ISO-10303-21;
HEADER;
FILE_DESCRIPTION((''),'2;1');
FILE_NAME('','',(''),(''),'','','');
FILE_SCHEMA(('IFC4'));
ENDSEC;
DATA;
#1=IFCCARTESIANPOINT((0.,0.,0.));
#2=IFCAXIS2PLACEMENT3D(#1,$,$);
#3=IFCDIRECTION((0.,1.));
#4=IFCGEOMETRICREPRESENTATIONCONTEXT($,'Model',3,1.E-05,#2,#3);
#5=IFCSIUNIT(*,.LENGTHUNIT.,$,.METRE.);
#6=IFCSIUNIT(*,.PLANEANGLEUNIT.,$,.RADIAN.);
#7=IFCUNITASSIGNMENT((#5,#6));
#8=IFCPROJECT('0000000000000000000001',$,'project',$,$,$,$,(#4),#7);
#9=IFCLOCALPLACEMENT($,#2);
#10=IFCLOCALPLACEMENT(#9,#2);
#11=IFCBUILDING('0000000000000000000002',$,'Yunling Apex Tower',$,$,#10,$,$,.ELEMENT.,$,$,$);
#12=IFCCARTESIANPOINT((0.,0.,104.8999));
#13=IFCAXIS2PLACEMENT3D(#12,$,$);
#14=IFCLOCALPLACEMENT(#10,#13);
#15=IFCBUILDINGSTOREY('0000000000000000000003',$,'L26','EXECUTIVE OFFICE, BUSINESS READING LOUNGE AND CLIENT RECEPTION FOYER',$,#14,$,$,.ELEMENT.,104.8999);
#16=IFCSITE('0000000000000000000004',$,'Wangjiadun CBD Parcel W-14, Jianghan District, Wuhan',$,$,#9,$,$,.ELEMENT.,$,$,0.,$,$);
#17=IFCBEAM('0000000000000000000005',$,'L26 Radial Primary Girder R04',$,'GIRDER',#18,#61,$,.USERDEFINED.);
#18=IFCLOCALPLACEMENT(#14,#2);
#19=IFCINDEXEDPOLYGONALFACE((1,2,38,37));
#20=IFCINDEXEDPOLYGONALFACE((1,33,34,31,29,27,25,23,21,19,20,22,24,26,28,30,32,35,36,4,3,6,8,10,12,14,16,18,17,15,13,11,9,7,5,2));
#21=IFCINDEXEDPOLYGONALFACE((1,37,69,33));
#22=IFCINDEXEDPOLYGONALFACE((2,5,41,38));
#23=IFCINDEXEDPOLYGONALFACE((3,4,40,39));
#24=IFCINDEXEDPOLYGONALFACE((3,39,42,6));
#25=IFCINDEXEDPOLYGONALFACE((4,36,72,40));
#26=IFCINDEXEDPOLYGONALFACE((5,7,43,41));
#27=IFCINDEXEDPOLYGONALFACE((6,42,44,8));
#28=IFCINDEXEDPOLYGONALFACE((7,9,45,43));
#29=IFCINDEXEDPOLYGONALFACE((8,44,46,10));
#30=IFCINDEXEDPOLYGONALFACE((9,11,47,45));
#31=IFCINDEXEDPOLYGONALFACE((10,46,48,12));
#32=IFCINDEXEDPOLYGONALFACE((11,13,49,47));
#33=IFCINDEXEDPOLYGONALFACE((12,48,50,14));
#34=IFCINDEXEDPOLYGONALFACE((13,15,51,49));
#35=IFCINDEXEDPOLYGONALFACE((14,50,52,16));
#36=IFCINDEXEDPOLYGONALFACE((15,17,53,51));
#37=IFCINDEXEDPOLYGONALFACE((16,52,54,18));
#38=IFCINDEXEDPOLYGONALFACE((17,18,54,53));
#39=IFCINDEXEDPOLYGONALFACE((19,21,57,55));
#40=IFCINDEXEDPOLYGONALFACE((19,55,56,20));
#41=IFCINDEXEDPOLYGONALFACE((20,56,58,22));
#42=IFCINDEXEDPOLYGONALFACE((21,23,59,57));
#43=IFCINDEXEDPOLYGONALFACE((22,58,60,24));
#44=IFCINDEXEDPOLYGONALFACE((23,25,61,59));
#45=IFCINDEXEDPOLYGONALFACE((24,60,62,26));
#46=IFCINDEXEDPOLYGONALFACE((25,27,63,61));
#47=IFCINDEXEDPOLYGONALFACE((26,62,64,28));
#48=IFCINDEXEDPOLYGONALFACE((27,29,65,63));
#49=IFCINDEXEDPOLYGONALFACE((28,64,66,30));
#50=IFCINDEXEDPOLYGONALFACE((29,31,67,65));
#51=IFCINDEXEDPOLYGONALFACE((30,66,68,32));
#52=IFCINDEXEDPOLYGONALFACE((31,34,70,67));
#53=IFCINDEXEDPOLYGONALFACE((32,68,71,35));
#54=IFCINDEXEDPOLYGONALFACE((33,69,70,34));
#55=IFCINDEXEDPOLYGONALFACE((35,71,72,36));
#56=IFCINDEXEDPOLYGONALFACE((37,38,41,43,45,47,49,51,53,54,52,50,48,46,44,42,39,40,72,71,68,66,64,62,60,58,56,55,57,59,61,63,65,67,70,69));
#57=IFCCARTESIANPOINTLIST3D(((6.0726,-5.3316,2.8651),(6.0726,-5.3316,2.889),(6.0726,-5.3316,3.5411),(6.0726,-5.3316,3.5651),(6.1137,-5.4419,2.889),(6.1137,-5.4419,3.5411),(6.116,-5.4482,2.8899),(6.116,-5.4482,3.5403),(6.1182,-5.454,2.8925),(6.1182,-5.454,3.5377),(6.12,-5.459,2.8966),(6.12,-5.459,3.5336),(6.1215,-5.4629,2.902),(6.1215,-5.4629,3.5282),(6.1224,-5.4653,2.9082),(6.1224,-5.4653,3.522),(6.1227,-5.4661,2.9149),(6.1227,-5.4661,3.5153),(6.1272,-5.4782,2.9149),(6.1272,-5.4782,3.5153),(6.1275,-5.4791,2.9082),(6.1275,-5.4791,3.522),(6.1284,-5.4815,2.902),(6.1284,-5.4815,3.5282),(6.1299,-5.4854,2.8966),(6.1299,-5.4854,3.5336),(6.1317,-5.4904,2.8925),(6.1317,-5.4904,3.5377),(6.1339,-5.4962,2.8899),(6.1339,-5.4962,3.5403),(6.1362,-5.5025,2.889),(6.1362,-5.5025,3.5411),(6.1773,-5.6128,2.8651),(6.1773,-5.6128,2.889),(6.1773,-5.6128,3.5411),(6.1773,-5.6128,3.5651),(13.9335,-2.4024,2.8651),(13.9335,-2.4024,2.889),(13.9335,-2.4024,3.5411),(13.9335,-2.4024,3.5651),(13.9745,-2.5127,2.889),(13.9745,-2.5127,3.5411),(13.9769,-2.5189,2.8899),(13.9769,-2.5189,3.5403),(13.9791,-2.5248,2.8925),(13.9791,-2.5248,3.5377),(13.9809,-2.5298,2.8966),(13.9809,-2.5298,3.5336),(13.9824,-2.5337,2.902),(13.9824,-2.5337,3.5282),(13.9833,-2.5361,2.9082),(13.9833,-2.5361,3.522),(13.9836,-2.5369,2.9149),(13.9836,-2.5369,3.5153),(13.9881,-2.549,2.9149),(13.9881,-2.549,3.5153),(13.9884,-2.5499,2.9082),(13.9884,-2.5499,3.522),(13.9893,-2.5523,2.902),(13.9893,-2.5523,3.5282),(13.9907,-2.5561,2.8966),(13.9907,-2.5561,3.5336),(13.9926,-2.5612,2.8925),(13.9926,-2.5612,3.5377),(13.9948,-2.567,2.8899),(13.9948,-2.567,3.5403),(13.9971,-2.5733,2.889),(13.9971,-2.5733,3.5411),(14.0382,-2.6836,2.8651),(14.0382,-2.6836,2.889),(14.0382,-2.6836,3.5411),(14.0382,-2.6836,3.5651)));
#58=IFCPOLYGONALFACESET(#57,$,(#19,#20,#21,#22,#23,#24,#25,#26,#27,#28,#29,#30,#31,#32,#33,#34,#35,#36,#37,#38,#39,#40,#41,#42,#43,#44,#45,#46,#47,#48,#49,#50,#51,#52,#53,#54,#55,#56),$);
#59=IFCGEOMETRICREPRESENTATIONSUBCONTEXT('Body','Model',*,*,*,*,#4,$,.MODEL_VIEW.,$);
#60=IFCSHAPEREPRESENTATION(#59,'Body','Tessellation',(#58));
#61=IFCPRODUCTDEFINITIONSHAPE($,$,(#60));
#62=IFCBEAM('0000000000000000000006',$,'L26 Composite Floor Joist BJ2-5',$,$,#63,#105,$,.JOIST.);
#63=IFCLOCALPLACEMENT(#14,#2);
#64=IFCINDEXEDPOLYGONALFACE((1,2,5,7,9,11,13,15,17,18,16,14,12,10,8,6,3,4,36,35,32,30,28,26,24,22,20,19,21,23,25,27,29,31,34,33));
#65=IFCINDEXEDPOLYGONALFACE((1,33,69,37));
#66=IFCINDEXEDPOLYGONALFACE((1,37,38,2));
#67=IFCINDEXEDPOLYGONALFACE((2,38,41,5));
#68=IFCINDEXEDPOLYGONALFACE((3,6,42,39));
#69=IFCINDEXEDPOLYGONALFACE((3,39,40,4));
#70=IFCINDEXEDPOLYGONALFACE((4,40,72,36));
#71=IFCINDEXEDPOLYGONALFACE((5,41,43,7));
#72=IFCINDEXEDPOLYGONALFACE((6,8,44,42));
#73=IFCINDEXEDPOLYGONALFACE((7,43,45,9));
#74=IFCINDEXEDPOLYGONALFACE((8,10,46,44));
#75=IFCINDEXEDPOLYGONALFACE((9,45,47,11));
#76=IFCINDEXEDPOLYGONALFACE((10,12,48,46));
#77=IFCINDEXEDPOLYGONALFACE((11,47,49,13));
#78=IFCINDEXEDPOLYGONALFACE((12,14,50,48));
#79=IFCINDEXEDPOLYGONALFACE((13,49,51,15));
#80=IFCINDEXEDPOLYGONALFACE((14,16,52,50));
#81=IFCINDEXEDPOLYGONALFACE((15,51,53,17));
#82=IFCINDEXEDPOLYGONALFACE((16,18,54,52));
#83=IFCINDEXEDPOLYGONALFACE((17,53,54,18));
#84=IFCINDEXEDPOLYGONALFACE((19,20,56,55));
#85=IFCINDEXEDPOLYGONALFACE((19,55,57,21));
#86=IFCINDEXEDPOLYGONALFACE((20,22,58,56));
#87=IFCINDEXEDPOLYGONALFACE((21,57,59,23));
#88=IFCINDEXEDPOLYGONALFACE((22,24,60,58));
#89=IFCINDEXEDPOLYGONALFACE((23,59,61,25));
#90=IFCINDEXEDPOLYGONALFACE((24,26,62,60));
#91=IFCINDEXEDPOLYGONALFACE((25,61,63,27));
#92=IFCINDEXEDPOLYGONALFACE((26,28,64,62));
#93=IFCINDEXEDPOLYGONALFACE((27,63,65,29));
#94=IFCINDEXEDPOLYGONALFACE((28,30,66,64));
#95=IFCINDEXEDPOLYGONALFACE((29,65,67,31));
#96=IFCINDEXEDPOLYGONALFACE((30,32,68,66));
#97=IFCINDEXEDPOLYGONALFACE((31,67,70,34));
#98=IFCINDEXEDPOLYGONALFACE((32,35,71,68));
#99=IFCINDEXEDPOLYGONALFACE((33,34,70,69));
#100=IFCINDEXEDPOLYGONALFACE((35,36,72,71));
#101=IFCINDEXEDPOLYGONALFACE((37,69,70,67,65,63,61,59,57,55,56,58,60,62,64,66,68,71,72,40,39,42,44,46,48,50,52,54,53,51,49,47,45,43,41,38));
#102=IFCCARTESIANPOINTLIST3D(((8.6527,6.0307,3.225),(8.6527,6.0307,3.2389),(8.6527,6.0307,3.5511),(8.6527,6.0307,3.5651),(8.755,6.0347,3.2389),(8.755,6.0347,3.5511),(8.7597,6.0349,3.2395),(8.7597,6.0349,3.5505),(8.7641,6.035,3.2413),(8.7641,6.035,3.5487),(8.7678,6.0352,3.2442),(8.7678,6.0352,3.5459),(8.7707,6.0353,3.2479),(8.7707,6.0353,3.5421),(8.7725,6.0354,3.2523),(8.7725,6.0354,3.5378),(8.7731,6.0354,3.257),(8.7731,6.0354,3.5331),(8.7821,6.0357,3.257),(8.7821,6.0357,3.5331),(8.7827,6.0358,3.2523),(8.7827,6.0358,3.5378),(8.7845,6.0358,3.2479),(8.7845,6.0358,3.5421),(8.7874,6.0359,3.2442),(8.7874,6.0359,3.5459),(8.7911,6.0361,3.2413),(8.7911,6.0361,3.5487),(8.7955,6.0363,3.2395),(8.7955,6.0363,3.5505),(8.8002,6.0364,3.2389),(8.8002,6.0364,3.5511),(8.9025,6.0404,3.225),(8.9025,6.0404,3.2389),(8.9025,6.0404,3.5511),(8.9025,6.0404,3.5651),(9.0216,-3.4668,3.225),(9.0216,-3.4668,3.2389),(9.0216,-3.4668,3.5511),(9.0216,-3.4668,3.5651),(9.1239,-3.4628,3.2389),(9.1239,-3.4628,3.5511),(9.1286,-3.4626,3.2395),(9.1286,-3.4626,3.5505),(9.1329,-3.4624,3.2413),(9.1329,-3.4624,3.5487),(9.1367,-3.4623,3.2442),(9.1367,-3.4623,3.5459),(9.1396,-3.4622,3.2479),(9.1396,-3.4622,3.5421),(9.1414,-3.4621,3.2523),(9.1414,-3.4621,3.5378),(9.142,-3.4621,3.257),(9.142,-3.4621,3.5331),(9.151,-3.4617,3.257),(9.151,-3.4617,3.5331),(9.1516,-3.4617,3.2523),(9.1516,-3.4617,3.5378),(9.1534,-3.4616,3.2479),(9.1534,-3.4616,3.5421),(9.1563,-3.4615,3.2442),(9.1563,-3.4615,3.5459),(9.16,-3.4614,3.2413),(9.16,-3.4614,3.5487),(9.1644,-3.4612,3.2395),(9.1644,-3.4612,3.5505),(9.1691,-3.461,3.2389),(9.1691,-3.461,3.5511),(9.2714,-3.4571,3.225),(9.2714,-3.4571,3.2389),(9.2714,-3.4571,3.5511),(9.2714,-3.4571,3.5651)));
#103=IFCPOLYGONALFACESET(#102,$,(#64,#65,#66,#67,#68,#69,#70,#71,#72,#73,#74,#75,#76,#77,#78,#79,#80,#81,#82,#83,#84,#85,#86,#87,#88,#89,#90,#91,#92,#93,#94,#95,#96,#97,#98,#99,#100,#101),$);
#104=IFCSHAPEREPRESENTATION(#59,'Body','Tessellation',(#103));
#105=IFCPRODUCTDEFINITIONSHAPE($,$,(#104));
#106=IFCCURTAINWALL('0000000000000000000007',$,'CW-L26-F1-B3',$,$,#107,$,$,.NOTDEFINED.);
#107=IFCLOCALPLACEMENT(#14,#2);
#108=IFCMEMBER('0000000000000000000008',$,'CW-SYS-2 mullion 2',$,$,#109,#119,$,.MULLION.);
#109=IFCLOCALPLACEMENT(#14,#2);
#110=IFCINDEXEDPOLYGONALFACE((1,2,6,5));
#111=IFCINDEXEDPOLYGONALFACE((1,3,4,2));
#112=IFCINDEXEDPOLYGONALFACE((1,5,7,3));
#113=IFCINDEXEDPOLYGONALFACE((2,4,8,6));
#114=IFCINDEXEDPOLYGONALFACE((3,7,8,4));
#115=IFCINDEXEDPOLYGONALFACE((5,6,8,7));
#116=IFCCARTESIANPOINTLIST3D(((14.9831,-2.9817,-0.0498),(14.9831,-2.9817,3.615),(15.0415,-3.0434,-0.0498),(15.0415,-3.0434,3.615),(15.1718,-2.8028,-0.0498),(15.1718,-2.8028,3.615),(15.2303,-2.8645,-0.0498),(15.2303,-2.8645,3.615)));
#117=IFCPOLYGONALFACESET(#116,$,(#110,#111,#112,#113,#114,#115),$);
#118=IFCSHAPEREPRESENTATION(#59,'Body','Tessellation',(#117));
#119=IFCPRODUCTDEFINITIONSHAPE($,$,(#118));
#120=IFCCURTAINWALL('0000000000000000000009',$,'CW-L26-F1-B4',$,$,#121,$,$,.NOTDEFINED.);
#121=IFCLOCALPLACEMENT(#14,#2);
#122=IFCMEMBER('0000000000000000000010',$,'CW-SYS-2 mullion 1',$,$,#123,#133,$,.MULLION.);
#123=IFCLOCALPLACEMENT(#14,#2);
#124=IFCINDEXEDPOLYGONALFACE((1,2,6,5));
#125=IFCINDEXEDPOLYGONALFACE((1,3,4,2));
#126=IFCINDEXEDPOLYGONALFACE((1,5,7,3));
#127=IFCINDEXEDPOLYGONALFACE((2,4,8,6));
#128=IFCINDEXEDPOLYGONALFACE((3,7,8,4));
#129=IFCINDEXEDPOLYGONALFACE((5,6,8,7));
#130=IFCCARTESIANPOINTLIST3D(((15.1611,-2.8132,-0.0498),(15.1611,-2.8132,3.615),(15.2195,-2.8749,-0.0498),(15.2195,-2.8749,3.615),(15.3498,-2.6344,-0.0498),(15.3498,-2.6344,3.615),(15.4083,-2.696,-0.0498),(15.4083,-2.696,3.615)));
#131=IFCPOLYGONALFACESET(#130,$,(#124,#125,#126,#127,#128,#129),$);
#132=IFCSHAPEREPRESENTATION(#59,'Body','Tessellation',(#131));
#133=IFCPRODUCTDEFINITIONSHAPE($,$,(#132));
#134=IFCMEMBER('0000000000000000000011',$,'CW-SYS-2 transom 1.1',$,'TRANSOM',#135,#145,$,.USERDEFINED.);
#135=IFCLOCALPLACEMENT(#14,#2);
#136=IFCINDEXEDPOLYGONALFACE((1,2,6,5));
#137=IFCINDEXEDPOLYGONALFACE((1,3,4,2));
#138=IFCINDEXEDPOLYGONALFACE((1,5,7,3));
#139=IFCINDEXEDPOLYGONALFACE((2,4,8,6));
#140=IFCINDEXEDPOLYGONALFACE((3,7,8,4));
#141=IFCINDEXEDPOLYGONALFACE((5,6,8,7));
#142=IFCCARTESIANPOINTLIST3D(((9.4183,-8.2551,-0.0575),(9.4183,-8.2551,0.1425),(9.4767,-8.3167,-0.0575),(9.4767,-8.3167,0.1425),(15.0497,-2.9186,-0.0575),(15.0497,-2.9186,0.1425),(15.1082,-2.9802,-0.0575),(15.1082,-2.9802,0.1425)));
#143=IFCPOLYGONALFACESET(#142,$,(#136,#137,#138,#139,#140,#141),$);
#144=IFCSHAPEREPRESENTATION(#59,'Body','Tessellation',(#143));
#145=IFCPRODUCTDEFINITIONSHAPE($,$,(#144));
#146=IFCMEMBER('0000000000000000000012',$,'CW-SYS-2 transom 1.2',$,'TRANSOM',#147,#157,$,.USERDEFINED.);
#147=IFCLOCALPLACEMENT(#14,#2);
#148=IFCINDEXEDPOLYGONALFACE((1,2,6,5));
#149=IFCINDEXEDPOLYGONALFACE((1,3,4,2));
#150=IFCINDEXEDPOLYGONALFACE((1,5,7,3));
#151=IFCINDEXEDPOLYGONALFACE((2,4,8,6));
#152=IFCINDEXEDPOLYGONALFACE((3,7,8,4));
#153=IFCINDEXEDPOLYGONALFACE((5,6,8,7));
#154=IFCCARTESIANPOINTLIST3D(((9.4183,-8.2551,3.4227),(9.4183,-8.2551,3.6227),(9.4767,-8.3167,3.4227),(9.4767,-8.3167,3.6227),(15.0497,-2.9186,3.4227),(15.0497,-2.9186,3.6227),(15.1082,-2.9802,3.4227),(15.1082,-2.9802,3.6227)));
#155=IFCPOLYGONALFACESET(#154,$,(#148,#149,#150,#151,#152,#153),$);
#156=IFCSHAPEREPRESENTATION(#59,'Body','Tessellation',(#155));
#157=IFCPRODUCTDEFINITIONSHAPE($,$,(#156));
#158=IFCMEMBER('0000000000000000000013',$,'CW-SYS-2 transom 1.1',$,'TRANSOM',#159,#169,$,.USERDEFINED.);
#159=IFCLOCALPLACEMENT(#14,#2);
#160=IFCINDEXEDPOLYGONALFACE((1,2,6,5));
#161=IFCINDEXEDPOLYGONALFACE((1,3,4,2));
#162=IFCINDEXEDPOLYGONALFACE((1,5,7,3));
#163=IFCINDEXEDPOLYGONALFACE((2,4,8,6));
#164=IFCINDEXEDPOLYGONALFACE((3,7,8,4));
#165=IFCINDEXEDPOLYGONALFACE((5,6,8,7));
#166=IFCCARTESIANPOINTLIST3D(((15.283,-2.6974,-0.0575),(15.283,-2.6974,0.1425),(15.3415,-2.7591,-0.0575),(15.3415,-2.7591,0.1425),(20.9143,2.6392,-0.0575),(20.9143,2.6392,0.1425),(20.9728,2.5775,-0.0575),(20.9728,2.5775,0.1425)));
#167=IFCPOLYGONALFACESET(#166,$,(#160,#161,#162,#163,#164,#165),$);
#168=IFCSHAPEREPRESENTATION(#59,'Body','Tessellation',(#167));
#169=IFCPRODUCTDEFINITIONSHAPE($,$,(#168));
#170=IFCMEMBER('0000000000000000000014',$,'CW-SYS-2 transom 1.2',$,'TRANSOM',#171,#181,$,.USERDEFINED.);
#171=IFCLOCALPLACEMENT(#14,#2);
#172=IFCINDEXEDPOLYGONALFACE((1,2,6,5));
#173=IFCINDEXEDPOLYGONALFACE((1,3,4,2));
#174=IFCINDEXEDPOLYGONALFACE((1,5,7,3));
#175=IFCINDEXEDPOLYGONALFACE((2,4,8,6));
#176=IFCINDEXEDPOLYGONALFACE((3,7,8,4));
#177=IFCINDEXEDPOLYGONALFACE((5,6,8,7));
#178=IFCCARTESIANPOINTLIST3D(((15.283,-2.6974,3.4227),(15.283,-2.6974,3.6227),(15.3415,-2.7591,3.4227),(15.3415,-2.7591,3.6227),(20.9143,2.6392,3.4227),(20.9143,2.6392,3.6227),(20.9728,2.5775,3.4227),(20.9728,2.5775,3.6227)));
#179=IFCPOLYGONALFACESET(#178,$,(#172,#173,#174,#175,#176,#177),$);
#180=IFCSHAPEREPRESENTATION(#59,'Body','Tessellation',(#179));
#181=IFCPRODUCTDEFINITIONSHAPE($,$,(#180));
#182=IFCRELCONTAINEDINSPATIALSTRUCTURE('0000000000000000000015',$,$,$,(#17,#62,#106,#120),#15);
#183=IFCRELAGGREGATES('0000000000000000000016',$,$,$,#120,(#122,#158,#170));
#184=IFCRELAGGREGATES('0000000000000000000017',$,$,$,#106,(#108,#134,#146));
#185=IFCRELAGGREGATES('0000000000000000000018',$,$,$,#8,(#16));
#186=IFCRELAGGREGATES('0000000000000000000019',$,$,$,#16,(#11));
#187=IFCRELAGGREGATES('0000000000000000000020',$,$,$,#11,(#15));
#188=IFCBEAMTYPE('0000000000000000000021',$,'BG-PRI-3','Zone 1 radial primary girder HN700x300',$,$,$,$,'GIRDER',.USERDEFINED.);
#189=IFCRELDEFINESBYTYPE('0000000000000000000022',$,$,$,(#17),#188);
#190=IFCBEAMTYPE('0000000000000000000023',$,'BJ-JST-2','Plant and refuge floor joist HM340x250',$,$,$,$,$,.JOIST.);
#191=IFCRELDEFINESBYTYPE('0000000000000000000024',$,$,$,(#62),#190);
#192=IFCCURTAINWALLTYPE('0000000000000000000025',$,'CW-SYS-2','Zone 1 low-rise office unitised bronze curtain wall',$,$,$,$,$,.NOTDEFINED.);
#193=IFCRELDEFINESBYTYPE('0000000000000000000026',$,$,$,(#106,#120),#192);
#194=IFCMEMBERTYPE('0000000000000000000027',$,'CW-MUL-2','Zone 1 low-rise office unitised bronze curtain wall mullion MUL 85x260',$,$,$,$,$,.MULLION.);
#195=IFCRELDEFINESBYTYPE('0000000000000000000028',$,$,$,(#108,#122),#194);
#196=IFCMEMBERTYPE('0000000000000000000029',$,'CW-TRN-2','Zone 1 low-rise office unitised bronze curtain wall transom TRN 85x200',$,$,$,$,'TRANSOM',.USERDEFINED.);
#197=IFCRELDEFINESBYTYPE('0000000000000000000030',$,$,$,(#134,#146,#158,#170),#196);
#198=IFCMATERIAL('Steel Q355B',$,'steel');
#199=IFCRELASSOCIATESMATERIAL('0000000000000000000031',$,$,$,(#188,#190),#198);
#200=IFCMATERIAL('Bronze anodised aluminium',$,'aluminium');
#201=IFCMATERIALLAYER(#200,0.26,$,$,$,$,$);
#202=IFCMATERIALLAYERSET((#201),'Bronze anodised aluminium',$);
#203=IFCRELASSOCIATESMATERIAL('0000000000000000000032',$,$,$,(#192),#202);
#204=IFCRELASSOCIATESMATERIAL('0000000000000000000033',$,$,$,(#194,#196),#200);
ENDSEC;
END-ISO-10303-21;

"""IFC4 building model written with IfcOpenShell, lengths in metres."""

from ifc_helpers import new_model, si_unit, direction, frame, origin, origin_2d, place, context, subcontext, project, spatial, rectangle, i_section, extrude, source, transform, mapped, material, layer, layer_set, material_profile, profile_set, type_object, element, aggregate, save


model = new_model("IFC4")

# Units and contexts
model_context = context("Model", 3, precision=1e-05, world=origin(), true_north=direction((0.0, 1.0)))
body_context = subcontext(model_context, "Body", "Model", "MODEL_VIEW")
ifc_project = project(units=[si_unit("LENGTHUNIT", "METRE"), si_unit("PLANEANGLEUNIT", "RADIAN")], contexts=[model_context])

# Site, building, storey
site_placement = place(None, origin())
site = spatial("IfcSite", under=ifc_project, at=site_placement, Name="Wangjiadun CBD Parcel W-14, Jianghan District, Wuhan", CompositionType="ELEMENT", RefElevation=0.0)
building_placement = place(site_placement, origin())
building = spatial("IfcBuilding", under=site, at=building_placement, Name="Yunling Apex Tower", CompositionType="ELEMENT")
storey_placement = place(building_placement, frame((0.0, 0.0, 104.8999)))
storey = spatial("IfcBuildingStorey", under=building, at=storey_placement, Name="L26", Description="EXECUTIVE OFFICE, BUSINESS READING LOUNGE AND CLIENT RECEPTION FOYER", CompositionType="ELEMENT", Elevation=104.8999)

# Beams
ifc_material_1 = material(Name="Steel Q355B", Category="steel")
ifc_material_profile_1 = material_profile(ifc_material_1, i_section(OverallWidth=0.3, OverallDepth=0.7, WebThickness=0.0129, FlangeThickness=0.0239, FilletRadius=0.0259, at=origin_2d()))
ifc_profile_set_1 = profile_set([ifc_material_profile_1], Name="Steel Q355B")
beam_type_1 = type_object("IfcBeamType", Name="BG-PRI-3", Description="Zone 1 radial primary girder HN700x300", ElementType="GIRDER", PredefinedType="USERDEFINED", material=ifc_profile_set_1)
shared_shape_1 = source(origin(), body_context, "Body", "SweptSolid", [
    extrude(i_section(OverallWidth=0.3, OverallDepth=0.7, WebThickness=0.0129, FlangeThickness=0.0239, FilletRadius=0.0259, at=origin_2d()), origin(), (0.0, 0.0, 1.0), 8.3889),
])
beam_1_placement = place(storey_placement, frame((13.9858, -2.543, 3.2151), z_axis=(-0.937057, -0.349177, 0.0), x_axis=(0.349177, -0.937057, 0.0)))
element("IfcBeam", 1, at=beam_1_placement, inside=storey, type_object=beam_type_1, Name="L26 Radial Primary Girder R04", ObjectType="GIRDER", PredefinedType="USERDEFINED", context=body_context, shape_type="MappedRepresentation", body=[
    mapped(shared_shape_1, transform((0.0, 0.0, 0.0), scale=1.0)),
])
ifc_material_profile_2 = material_profile(ifc_material_1, i_section(OverallWidth=0.25, OverallDepth=0.3401, WebThickness=0.009, FlangeThickness=0.0139, FilletRadius=0.0181, at=origin_2d()))
ifc_profile_set_2 = profile_set([ifc_material_profile_2], Name="Steel Q355B")
beam_type_2 = type_object("IfcBeamType", Name="BJ-JST-2", Description="Plant and refuge floor joist HM340x250", PredefinedType="JOIST", material=ifc_profile_set_2)
shared_shape_2 = source(origin(), body_context, "Body", "SweptSolid", [
    extrude(i_section(OverallWidth=0.25, OverallDepth=0.3401, WebThickness=0.009, FlangeThickness=0.0139, FilletRadius=0.0181, at=origin_2d()), origin(), (0.0, 0.0, 1.0), 9.5046),
])
beam_2_placement = place(storey_placement, frame((9.1465, -3.4619, 3.395), z_axis=(-0.038812, 0.999247, 0.0), x_axis=(-0.999247, -0.038812, 0.0)))
element("IfcBeam", 2, at=beam_2_placement, inside=storey, type_object=beam_type_2, Name="L26 Composite Floor Joist BJ2-5", PredefinedType="JOIST", context=body_context, shape_type="MappedRepresentation", body=[
    mapped(shared_shape_2, transform((0.0, 0.0, 0.0), scale=1.0)),
])

# Curtain walls, members
ifc_material_2 = material(Name="Bronze anodised aluminium", Category="aluminium")
ifc_layer_1 = layer(ifc_material_2, 0.26)
ifc_layer_set_1 = layer_set([ifc_layer_1], Name="Bronze anodised aluminium")
curtain_wall_type = type_object("IfcCurtainWallType", Name="CW-SYS-2", Description="Zone 1 low-rise office unitised bronze curtain wall", PredefinedType="NOTDEFINED", material=ifc_layer_set_1)
curtain_wall_1_placement = place(storey_placement, origin())
curtain_wall_1 = element("IfcCurtainWall", 3, at=curtain_wall_1_placement, inside=storey, type_object=curtain_wall_type, Name="CW-L26-F1-B3", PredefinedType="NOTDEFINED")
ifc_material_profile_3 = material_profile(ifc_material_2, rectangle(XDim=0.085, YDim=0.26, at=origin_2d()))
ifc_profile_set_3 = profile_set([ifc_material_profile_3], Name="Bronze anodised aluminium")
member_type_1 = type_object("IfcMemberType", Name="CW-MUL-2", Description="Zone 1 low-rise office unitised bronze curtain wall mullion MUL 85x260", PredefinedType="MULLION", material=ifc_profile_set_3)
shared_shape_3 = source(origin(), body_context, "Body", "SweptSolid", [
    extrude(rectangle(XDim=0.085, YDim=0.26, at=origin_2d()), origin(), (0.0, 0.0, 1.0), 3.6648),
])
member_1_placement = place(storey_placement, frame((15.1067, -2.9231, -0.0498), z_axis=(0.0, 0.0, 1.0), x_axis=(-0.687861, 0.725842, 0.0)))
member_1 = element("IfcMember", 4, at=member_1_placement, type_object=member_type_1, Name="CW-SYS-2 mullion 2", PredefinedType="MULLION", context=body_context, shape_type="MappedRepresentation", body=[
    mapped(shared_shape_3, transform((0.0, 0.0, 0.0), scale=1.0)),
])
curtain_wall_2_placement = place(storey_placement, origin())
curtain_wall_2 = element("IfcCurtainWall", 5, at=curtain_wall_2_placement, inside=storey, type_object=curtain_wall_type, Name="CW-L26-F1-B4", PredefinedType="NOTDEFINED")
member_2_placement = place(storey_placement, frame((15.2847, -2.7546, -0.0498), z_axis=(0.0, 0.0, 1.0), x_axis=(-0.687861, 0.725842, 0.0)))
member_2 = element("IfcMember", 6, at=member_2_placement, type_object=member_type_1, Name="CW-SYS-2 mullion 1", PredefinedType="MULLION", context=body_context, shape_type="MappedRepresentation", body=[
    mapped(shared_shape_3, transform((0.0, 0.0, 0.0), scale=1.0)),
])

# Members
ifc_material_profile_4 = material_profile(ifc_material_2, rectangle(XDim=0.085, YDim=0.2, at=origin_2d()))
ifc_profile_set_4 = profile_set([ifc_material_profile_4], Name="Bronze anodised aluminium")
member_type_2 = type_object("IfcMemberType", Name="CW-TRN-2", Description="Zone 1 low-rise office unitised bronze curtain wall transom TRN 85x200", ElementType="TRANSOM", PredefinedType="USERDEFINED", material=ifc_profile_set_4)
shared_shape_4 = source(origin(), body_context, "Body", "SweptSolid", [
    extrude(rectangle(XDim=0.085, YDim=0.2, at=origin_2d()), origin(), (0.0, 0.0, 1.0), 7.7583),
])
member_3_placement = place(storey_placement, frame((9.4475, -8.2859, 0.0425), z_axis=(0.725858, 0.687844, 0.0), x_axis=(-0.687844, 0.725858, 0.0)))
member_3 = element("IfcMember", 7, at=member_3_placement, type_object=member_type_2, Name="CW-SYS-2 transom 1.1", ObjectType="TRANSOM", PredefinedType="USERDEFINED", context=body_context, shape_type="MappedRepresentation", body=[
    mapped(shared_shape_4, transform((0.0, 0.0, 0.0), scale=1.0)),
])
member_4_placement = place(storey_placement, frame((9.4475, -8.2859, 3.5227), z_axis=(0.725858, 0.687844, 0.0), x_axis=(-0.687844, 0.725858, 0.0)))
member_4 = element("IfcMember", 8, at=member_4_placement, type_object=member_type_2, Name="CW-SYS-2 transom 1.2", ObjectType="TRANSOM", PredefinedType="USERDEFINED", context=body_context, shape_type="MappedRepresentation", body=[
    mapped(shared_shape_4, transform((0.0, 0.0, 0.0), scale=1.0)),
])
member_5_placement = place(storey_placement, frame((15.3123, -2.7283, 0.0425), z_axis=(0.725843, 0.687861, 0.0), x_axis=(-0.687861, 0.725843, 0.0)))
member_5 = element("IfcMember", 9, at=member_5_placement, type_object=member_type_2, Name="CW-SYS-2 transom 1.1", ObjectType="TRANSOM", PredefinedType="USERDEFINED", context=body_context, shape_type="MappedRepresentation", body=[
    mapped(shared_shape_4, transform((0.0, 0.0, 0.0), scale=1.0)),
])
member_6_placement = place(storey_placement, frame((15.3123, -2.7283, 3.5227), z_axis=(0.725843, 0.687861, 0.0), x_axis=(-0.687861, 0.725843, 0.0)))
member_6 = element("IfcMember", 10, at=member_6_placement, type_object=member_type_2, Name="CW-SYS-2 transom 1.2", ObjectType="TRANSOM", PredefinedType="USERDEFINED", context=body_context, shape_type="MappedRepresentation", body=[
    mapped(shared_shape_4, transform((0.0, 0.0, 0.0), scale=1.0)),
])
aggregate(curtain_wall_2, [member_2, member_5, member_6])

aggregate(curtain_wall_1, [member_1, member_3, member_4])

save(model, "model.ifc")
